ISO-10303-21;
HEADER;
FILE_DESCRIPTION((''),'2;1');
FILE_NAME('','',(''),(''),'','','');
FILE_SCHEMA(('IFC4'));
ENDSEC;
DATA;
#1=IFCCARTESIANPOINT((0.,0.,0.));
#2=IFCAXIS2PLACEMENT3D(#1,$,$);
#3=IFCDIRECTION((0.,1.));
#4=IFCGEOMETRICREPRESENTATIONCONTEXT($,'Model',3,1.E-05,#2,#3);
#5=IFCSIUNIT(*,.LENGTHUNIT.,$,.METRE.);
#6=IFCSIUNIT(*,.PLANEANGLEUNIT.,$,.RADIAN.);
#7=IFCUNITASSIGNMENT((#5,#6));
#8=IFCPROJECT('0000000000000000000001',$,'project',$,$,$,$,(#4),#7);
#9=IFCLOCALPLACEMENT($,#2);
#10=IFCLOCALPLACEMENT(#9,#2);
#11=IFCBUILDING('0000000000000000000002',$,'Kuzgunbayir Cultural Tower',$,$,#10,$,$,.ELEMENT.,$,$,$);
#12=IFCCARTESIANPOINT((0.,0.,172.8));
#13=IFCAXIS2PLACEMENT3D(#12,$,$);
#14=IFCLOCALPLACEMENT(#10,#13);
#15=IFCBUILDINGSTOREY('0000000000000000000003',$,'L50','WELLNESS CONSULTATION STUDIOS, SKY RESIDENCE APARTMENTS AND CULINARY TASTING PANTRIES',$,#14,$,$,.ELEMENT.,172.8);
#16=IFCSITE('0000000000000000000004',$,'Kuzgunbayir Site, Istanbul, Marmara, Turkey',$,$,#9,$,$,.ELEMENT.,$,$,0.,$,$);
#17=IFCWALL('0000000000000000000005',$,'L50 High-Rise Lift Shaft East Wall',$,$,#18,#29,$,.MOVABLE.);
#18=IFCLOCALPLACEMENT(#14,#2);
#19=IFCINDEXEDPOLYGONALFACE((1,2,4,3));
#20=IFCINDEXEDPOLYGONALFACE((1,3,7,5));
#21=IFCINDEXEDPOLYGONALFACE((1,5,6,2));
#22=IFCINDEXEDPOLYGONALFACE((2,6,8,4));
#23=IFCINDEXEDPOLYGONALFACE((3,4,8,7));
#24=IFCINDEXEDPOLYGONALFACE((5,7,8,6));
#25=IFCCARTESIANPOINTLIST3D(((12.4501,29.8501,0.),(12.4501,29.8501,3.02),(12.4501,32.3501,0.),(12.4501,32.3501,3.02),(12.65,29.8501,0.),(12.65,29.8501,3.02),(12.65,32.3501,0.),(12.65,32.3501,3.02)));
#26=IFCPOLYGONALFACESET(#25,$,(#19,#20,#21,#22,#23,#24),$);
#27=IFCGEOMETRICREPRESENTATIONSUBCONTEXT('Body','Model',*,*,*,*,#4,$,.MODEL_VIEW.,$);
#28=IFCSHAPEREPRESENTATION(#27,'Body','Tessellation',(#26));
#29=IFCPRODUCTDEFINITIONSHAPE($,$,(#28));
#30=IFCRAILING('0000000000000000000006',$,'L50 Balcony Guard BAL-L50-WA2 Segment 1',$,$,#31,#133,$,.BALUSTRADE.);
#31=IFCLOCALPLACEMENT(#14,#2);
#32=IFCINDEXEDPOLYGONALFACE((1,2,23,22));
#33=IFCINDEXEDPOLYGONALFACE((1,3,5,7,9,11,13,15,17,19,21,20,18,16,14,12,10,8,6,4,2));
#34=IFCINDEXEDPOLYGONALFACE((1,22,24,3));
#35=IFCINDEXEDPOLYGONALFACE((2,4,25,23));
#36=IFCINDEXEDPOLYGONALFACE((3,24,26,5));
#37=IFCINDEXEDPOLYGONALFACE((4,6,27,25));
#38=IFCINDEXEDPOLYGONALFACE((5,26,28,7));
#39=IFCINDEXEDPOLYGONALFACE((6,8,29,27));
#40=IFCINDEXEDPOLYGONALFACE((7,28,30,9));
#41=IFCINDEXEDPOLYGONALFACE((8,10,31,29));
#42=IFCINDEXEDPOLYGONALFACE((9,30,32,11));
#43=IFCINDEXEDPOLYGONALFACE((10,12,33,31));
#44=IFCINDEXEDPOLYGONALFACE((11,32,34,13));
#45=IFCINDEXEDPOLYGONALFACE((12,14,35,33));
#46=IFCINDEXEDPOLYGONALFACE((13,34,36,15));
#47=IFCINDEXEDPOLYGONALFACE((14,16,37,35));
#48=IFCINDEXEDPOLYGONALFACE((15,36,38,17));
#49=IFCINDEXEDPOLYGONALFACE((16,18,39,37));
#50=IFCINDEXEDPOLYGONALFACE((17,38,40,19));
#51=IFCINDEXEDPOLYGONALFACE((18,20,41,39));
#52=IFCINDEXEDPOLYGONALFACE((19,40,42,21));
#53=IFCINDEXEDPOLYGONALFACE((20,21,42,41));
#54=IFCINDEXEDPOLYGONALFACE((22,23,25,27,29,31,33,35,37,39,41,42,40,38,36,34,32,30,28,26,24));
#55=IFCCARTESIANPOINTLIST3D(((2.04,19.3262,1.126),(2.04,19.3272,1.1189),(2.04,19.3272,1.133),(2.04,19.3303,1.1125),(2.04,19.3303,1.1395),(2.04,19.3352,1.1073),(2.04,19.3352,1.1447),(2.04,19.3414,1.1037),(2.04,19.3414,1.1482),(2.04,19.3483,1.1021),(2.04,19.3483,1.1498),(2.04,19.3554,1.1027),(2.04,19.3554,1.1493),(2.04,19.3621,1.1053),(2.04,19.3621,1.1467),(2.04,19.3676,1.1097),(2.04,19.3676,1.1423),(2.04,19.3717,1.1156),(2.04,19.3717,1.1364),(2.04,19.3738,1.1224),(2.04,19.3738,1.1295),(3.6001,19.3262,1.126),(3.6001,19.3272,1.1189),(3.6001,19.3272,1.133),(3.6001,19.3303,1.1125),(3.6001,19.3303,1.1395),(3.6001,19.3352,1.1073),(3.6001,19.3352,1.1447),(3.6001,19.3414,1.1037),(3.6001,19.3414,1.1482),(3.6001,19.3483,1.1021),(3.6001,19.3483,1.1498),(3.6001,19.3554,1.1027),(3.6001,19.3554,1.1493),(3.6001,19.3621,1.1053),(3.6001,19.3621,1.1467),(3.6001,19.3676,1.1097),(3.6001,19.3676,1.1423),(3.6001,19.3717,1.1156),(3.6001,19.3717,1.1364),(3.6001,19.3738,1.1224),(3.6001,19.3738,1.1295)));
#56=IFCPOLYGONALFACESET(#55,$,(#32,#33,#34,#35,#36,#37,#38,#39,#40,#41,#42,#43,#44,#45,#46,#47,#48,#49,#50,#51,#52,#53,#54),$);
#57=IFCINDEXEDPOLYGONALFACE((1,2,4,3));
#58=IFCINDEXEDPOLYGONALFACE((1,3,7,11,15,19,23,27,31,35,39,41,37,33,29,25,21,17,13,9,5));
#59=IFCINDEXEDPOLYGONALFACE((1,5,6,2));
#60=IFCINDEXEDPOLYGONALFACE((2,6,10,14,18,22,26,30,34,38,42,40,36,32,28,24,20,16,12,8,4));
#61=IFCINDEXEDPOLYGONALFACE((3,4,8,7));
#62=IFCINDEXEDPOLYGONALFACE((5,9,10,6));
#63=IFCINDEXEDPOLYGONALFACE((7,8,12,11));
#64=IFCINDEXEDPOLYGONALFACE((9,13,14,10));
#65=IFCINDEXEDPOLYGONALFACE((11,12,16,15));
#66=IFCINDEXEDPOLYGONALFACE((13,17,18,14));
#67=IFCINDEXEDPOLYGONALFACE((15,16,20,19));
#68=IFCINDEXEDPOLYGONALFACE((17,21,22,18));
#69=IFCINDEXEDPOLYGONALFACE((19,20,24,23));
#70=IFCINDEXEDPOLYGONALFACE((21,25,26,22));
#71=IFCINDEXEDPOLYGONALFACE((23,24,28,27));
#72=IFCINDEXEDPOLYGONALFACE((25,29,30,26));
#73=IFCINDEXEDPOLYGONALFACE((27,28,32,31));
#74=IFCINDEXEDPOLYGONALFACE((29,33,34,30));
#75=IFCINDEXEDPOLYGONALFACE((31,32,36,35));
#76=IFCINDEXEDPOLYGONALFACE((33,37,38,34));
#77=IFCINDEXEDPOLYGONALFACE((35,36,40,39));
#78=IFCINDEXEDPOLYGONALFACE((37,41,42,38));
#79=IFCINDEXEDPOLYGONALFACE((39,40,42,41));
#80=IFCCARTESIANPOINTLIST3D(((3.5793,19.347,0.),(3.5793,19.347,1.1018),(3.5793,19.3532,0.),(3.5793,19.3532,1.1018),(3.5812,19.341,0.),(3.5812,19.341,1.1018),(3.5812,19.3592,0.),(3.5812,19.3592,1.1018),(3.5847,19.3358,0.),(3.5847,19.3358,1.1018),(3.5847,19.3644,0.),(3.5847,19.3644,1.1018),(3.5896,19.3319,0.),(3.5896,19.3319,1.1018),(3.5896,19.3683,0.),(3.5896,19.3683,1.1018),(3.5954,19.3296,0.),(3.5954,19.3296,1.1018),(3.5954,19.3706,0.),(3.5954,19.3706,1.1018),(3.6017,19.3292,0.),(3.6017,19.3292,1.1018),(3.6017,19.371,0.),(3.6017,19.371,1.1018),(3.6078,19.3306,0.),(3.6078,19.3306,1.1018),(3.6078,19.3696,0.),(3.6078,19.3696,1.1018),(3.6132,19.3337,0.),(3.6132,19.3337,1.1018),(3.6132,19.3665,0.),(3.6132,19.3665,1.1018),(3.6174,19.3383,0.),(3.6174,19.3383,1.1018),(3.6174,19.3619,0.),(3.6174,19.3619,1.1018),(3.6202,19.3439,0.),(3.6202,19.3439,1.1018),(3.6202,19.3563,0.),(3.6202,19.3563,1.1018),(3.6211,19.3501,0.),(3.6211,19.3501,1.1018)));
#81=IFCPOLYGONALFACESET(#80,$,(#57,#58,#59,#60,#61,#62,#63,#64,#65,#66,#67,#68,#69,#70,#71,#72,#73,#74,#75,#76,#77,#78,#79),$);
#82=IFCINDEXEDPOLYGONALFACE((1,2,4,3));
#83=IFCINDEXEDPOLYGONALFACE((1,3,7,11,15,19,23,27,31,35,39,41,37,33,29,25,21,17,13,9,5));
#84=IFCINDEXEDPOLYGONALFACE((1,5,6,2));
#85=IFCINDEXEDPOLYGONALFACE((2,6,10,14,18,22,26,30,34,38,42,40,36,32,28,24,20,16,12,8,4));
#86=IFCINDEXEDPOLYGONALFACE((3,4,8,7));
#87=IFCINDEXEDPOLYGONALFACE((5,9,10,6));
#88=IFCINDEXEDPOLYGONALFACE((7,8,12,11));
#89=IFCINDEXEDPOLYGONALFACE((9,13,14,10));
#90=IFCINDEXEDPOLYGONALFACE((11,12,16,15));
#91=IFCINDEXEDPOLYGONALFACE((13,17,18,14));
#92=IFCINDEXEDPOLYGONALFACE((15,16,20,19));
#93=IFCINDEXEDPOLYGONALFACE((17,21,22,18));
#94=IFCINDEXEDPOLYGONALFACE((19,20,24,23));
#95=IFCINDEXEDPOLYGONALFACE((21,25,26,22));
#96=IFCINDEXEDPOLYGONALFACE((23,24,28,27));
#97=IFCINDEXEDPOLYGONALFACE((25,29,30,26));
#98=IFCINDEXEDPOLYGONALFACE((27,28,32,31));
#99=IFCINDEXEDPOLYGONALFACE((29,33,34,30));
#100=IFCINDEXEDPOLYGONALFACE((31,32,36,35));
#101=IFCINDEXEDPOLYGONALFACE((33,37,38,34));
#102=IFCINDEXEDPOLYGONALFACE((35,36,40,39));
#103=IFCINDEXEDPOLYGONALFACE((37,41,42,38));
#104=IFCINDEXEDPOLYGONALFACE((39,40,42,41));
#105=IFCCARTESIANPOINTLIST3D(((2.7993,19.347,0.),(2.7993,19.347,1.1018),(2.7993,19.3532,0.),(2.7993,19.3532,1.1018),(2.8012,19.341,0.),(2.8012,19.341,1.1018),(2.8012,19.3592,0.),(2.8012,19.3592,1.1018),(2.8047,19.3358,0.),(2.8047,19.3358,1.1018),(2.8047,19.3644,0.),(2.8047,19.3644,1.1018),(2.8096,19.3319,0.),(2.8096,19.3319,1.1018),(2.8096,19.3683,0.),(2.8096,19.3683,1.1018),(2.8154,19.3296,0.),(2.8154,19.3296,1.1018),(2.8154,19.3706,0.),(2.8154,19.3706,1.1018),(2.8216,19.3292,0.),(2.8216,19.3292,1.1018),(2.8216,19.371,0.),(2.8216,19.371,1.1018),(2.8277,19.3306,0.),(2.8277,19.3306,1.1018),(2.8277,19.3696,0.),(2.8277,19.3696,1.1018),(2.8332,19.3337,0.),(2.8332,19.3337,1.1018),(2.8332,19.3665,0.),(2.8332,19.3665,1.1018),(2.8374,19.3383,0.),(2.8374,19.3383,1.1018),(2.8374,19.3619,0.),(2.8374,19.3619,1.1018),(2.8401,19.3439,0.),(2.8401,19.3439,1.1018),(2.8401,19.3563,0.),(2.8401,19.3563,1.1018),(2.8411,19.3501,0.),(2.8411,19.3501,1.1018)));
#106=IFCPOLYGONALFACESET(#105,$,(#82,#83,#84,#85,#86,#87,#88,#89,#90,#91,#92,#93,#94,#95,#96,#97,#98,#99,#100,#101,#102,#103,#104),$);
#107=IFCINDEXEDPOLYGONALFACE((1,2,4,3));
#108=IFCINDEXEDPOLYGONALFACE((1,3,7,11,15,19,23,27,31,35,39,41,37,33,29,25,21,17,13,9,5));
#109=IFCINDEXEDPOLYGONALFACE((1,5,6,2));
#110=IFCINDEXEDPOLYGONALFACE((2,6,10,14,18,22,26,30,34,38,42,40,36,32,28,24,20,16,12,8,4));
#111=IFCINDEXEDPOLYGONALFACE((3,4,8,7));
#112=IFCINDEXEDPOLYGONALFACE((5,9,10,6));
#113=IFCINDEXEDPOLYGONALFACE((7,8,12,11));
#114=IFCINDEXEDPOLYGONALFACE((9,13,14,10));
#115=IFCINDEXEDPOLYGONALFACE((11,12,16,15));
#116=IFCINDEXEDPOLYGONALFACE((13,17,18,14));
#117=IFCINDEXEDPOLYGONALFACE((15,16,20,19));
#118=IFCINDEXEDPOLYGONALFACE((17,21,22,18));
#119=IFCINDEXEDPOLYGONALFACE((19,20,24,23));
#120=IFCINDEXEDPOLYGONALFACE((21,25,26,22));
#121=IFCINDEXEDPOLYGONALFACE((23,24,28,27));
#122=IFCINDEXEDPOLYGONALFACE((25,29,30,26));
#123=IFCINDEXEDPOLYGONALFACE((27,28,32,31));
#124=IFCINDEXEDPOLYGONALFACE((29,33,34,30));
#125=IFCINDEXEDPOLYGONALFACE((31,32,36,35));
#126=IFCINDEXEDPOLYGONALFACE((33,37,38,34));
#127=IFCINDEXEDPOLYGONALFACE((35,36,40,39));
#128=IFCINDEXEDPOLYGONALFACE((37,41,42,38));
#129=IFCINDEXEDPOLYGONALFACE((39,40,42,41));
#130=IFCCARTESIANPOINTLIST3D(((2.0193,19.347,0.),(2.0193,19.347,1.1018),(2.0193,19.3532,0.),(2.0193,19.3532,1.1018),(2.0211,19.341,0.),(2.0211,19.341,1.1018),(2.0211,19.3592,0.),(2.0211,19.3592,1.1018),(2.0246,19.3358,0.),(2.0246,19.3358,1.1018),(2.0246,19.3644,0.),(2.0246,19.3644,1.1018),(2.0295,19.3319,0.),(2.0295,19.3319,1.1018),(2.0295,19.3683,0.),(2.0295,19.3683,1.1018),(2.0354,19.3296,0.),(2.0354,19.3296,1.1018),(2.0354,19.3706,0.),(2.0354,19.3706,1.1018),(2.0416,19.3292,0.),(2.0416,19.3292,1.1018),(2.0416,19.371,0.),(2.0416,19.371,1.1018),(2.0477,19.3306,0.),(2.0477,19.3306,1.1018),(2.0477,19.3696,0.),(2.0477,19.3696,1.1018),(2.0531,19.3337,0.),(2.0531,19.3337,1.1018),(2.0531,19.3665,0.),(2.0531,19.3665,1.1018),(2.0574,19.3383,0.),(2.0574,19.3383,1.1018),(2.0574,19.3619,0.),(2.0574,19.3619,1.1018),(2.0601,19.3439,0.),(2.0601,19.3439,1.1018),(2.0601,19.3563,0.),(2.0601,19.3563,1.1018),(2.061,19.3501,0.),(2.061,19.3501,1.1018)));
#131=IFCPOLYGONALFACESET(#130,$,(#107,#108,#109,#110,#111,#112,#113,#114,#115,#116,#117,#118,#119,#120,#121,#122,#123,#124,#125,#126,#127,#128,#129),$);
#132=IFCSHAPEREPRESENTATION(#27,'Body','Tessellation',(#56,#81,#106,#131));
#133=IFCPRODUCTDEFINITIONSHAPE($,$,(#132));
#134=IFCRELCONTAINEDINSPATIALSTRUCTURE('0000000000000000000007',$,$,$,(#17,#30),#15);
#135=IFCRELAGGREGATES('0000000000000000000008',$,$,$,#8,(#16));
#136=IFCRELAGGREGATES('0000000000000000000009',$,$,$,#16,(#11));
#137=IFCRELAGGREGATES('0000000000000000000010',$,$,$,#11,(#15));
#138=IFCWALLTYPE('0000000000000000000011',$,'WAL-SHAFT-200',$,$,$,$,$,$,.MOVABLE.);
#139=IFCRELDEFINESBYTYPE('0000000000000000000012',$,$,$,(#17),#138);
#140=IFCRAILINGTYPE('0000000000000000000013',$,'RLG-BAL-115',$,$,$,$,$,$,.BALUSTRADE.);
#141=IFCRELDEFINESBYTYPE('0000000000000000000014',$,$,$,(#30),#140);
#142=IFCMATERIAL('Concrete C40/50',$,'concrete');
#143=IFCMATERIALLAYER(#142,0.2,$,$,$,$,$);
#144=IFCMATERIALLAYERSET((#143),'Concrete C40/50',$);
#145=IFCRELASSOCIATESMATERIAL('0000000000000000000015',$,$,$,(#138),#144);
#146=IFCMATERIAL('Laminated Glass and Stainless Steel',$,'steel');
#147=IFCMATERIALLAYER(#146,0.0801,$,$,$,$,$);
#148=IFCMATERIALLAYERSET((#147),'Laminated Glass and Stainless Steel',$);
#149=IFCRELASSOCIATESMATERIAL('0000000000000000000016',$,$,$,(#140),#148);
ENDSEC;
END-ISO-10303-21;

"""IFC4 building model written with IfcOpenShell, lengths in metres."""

from ifc_helpers import new_model, si_unit, direction, frame, frame_2d, origin, origin_2d, place, context, subcontext, project, spatial, rectangle, circle, extrude, material, layer, layer_set, type_object, element, save


model = new_model("IFC4")

# Units and contexts
model_context = context("Model", 3, precision=1e-05, world=origin(), true_north=direction((0.0, 1.0)))
body_context = subcontext(model_context, "Body", "Model", "MODEL_VIEW")
ifc_project = project(units=[si_unit("LENGTHUNIT", "METRE"), si_unit("PLANEANGLEUNIT", "RADIAN")], contexts=[model_context])

# Site, building, storey
site_placement = place(None, origin())
site = spatial("IfcSite", under=ifc_project, at=site_placement, Name="Kuzgunbayir Site, Istanbul, Marmara, Turkey", CompositionType="ELEMENT", RefElevation=0.0)
building_placement = place(site_placement, origin())
building = spatial("IfcBuilding", under=site, at=building_placement, Name="Kuzgunbayir Cultural Tower", CompositionType="ELEMENT")
storey_placement = place(building_placement, frame((0.0, 0.0, 172.8)))
storey = spatial("IfcBuildingStorey", under=building, at=storey_placement, Name="L50", Description="WELLNESS CONSULTATION STUDIOS, SKY RESIDENCE APARTMENTS AND CULINARY TASTING PANTRIES", CompositionType="ELEMENT", Elevation=172.8)

# Shared definitions
ifc_material_1 = material(Name="Concrete C40/50", Category="concrete")
ifc_layer_1 = layer(ifc_material_1, 0.2)
ifc_layer_set_1 = layer_set([ifc_layer_1], Name="Concrete C40/50")
wall_type_1 = type_object("IfcWallType", Name="WAL-SHAFT-200", PredefinedType="MOVABLE", material=ifc_layer_set_1)

# Wall
for number, where, z_axis, x_axis, name in (
    (1, (12.55, 29.8501, 0.0), (0.0, 0.0, 1.0), (0.0, 1.0, 0.0), "L50 High-Rise Lift Shaft East Wall"),
):
    element("IfcWall", number, at=place(storey_placement, frame(where, z_axis=z_axis, x_axis=x_axis)), inside=storey, type_object=wall_type_1, Name=name, PredefinedType="MOVABLE", context=body_context, shape_type="SweptSolid", body=[
        extrude(rectangle(XDim=2.5, YDim=0.2, at=frame_2d((1.25, 0.0))), origin(), (0.0, 0.0, 1.0), 3.02),
    ])

# Railing
ifc_material_2 = material(Name="Laminated Glass and Stainless Steel", Category="steel")
ifc_layer_2 = layer(ifc_material_2, 0.0801)
ifc_layer_set_2 = layer_set([ifc_layer_2], Name="Laminated Glass and Stainless Steel")
railing_type = type_object("IfcRailingType", Name="RLG-BAL-115", PredefinedType="BALUSTRADE", material=ifc_layer_set_2)
railing_1_placement = place(storey_placement, frame((3.6001, 19.3501, 0.0)))
element("IfcRailing", 2, at=railing_1_placement, inside=storey, type_object=railing_type, Name="L50 Balcony Guard BAL-L50-WA2 Segment 1", PredefinedType="BALUSTRADE", context=body_context, shape_type="SweptSolid", body=[
    extrude(circle(Radius=0.0239, at=origin_2d()), frame((0.0, 0.0, 1.126), z_axis=(-1.0, 0.0, 0.0), x_axis=(0.0, -1.0, 0.0)), (0.0, 0.0, 1.0), 1.5601),
    extrude(circle(Radius=0.021, at=origin_2d()), origin(), (0.0, 0.0, 1.0), 1.1018),
    extrude(circle(Radius=0.021, at=origin_2d()), frame((-0.78, 0.0, 0.0)), (0.0, 0.0, 1.0), 1.1018),
    extrude(circle(Radius=0.021, at=origin_2d()), frame((-1.5601, 0.0, 0.0)), (0.0, 0.0, 1.0), 1.1018),
])

save(model, "model.ifc")
